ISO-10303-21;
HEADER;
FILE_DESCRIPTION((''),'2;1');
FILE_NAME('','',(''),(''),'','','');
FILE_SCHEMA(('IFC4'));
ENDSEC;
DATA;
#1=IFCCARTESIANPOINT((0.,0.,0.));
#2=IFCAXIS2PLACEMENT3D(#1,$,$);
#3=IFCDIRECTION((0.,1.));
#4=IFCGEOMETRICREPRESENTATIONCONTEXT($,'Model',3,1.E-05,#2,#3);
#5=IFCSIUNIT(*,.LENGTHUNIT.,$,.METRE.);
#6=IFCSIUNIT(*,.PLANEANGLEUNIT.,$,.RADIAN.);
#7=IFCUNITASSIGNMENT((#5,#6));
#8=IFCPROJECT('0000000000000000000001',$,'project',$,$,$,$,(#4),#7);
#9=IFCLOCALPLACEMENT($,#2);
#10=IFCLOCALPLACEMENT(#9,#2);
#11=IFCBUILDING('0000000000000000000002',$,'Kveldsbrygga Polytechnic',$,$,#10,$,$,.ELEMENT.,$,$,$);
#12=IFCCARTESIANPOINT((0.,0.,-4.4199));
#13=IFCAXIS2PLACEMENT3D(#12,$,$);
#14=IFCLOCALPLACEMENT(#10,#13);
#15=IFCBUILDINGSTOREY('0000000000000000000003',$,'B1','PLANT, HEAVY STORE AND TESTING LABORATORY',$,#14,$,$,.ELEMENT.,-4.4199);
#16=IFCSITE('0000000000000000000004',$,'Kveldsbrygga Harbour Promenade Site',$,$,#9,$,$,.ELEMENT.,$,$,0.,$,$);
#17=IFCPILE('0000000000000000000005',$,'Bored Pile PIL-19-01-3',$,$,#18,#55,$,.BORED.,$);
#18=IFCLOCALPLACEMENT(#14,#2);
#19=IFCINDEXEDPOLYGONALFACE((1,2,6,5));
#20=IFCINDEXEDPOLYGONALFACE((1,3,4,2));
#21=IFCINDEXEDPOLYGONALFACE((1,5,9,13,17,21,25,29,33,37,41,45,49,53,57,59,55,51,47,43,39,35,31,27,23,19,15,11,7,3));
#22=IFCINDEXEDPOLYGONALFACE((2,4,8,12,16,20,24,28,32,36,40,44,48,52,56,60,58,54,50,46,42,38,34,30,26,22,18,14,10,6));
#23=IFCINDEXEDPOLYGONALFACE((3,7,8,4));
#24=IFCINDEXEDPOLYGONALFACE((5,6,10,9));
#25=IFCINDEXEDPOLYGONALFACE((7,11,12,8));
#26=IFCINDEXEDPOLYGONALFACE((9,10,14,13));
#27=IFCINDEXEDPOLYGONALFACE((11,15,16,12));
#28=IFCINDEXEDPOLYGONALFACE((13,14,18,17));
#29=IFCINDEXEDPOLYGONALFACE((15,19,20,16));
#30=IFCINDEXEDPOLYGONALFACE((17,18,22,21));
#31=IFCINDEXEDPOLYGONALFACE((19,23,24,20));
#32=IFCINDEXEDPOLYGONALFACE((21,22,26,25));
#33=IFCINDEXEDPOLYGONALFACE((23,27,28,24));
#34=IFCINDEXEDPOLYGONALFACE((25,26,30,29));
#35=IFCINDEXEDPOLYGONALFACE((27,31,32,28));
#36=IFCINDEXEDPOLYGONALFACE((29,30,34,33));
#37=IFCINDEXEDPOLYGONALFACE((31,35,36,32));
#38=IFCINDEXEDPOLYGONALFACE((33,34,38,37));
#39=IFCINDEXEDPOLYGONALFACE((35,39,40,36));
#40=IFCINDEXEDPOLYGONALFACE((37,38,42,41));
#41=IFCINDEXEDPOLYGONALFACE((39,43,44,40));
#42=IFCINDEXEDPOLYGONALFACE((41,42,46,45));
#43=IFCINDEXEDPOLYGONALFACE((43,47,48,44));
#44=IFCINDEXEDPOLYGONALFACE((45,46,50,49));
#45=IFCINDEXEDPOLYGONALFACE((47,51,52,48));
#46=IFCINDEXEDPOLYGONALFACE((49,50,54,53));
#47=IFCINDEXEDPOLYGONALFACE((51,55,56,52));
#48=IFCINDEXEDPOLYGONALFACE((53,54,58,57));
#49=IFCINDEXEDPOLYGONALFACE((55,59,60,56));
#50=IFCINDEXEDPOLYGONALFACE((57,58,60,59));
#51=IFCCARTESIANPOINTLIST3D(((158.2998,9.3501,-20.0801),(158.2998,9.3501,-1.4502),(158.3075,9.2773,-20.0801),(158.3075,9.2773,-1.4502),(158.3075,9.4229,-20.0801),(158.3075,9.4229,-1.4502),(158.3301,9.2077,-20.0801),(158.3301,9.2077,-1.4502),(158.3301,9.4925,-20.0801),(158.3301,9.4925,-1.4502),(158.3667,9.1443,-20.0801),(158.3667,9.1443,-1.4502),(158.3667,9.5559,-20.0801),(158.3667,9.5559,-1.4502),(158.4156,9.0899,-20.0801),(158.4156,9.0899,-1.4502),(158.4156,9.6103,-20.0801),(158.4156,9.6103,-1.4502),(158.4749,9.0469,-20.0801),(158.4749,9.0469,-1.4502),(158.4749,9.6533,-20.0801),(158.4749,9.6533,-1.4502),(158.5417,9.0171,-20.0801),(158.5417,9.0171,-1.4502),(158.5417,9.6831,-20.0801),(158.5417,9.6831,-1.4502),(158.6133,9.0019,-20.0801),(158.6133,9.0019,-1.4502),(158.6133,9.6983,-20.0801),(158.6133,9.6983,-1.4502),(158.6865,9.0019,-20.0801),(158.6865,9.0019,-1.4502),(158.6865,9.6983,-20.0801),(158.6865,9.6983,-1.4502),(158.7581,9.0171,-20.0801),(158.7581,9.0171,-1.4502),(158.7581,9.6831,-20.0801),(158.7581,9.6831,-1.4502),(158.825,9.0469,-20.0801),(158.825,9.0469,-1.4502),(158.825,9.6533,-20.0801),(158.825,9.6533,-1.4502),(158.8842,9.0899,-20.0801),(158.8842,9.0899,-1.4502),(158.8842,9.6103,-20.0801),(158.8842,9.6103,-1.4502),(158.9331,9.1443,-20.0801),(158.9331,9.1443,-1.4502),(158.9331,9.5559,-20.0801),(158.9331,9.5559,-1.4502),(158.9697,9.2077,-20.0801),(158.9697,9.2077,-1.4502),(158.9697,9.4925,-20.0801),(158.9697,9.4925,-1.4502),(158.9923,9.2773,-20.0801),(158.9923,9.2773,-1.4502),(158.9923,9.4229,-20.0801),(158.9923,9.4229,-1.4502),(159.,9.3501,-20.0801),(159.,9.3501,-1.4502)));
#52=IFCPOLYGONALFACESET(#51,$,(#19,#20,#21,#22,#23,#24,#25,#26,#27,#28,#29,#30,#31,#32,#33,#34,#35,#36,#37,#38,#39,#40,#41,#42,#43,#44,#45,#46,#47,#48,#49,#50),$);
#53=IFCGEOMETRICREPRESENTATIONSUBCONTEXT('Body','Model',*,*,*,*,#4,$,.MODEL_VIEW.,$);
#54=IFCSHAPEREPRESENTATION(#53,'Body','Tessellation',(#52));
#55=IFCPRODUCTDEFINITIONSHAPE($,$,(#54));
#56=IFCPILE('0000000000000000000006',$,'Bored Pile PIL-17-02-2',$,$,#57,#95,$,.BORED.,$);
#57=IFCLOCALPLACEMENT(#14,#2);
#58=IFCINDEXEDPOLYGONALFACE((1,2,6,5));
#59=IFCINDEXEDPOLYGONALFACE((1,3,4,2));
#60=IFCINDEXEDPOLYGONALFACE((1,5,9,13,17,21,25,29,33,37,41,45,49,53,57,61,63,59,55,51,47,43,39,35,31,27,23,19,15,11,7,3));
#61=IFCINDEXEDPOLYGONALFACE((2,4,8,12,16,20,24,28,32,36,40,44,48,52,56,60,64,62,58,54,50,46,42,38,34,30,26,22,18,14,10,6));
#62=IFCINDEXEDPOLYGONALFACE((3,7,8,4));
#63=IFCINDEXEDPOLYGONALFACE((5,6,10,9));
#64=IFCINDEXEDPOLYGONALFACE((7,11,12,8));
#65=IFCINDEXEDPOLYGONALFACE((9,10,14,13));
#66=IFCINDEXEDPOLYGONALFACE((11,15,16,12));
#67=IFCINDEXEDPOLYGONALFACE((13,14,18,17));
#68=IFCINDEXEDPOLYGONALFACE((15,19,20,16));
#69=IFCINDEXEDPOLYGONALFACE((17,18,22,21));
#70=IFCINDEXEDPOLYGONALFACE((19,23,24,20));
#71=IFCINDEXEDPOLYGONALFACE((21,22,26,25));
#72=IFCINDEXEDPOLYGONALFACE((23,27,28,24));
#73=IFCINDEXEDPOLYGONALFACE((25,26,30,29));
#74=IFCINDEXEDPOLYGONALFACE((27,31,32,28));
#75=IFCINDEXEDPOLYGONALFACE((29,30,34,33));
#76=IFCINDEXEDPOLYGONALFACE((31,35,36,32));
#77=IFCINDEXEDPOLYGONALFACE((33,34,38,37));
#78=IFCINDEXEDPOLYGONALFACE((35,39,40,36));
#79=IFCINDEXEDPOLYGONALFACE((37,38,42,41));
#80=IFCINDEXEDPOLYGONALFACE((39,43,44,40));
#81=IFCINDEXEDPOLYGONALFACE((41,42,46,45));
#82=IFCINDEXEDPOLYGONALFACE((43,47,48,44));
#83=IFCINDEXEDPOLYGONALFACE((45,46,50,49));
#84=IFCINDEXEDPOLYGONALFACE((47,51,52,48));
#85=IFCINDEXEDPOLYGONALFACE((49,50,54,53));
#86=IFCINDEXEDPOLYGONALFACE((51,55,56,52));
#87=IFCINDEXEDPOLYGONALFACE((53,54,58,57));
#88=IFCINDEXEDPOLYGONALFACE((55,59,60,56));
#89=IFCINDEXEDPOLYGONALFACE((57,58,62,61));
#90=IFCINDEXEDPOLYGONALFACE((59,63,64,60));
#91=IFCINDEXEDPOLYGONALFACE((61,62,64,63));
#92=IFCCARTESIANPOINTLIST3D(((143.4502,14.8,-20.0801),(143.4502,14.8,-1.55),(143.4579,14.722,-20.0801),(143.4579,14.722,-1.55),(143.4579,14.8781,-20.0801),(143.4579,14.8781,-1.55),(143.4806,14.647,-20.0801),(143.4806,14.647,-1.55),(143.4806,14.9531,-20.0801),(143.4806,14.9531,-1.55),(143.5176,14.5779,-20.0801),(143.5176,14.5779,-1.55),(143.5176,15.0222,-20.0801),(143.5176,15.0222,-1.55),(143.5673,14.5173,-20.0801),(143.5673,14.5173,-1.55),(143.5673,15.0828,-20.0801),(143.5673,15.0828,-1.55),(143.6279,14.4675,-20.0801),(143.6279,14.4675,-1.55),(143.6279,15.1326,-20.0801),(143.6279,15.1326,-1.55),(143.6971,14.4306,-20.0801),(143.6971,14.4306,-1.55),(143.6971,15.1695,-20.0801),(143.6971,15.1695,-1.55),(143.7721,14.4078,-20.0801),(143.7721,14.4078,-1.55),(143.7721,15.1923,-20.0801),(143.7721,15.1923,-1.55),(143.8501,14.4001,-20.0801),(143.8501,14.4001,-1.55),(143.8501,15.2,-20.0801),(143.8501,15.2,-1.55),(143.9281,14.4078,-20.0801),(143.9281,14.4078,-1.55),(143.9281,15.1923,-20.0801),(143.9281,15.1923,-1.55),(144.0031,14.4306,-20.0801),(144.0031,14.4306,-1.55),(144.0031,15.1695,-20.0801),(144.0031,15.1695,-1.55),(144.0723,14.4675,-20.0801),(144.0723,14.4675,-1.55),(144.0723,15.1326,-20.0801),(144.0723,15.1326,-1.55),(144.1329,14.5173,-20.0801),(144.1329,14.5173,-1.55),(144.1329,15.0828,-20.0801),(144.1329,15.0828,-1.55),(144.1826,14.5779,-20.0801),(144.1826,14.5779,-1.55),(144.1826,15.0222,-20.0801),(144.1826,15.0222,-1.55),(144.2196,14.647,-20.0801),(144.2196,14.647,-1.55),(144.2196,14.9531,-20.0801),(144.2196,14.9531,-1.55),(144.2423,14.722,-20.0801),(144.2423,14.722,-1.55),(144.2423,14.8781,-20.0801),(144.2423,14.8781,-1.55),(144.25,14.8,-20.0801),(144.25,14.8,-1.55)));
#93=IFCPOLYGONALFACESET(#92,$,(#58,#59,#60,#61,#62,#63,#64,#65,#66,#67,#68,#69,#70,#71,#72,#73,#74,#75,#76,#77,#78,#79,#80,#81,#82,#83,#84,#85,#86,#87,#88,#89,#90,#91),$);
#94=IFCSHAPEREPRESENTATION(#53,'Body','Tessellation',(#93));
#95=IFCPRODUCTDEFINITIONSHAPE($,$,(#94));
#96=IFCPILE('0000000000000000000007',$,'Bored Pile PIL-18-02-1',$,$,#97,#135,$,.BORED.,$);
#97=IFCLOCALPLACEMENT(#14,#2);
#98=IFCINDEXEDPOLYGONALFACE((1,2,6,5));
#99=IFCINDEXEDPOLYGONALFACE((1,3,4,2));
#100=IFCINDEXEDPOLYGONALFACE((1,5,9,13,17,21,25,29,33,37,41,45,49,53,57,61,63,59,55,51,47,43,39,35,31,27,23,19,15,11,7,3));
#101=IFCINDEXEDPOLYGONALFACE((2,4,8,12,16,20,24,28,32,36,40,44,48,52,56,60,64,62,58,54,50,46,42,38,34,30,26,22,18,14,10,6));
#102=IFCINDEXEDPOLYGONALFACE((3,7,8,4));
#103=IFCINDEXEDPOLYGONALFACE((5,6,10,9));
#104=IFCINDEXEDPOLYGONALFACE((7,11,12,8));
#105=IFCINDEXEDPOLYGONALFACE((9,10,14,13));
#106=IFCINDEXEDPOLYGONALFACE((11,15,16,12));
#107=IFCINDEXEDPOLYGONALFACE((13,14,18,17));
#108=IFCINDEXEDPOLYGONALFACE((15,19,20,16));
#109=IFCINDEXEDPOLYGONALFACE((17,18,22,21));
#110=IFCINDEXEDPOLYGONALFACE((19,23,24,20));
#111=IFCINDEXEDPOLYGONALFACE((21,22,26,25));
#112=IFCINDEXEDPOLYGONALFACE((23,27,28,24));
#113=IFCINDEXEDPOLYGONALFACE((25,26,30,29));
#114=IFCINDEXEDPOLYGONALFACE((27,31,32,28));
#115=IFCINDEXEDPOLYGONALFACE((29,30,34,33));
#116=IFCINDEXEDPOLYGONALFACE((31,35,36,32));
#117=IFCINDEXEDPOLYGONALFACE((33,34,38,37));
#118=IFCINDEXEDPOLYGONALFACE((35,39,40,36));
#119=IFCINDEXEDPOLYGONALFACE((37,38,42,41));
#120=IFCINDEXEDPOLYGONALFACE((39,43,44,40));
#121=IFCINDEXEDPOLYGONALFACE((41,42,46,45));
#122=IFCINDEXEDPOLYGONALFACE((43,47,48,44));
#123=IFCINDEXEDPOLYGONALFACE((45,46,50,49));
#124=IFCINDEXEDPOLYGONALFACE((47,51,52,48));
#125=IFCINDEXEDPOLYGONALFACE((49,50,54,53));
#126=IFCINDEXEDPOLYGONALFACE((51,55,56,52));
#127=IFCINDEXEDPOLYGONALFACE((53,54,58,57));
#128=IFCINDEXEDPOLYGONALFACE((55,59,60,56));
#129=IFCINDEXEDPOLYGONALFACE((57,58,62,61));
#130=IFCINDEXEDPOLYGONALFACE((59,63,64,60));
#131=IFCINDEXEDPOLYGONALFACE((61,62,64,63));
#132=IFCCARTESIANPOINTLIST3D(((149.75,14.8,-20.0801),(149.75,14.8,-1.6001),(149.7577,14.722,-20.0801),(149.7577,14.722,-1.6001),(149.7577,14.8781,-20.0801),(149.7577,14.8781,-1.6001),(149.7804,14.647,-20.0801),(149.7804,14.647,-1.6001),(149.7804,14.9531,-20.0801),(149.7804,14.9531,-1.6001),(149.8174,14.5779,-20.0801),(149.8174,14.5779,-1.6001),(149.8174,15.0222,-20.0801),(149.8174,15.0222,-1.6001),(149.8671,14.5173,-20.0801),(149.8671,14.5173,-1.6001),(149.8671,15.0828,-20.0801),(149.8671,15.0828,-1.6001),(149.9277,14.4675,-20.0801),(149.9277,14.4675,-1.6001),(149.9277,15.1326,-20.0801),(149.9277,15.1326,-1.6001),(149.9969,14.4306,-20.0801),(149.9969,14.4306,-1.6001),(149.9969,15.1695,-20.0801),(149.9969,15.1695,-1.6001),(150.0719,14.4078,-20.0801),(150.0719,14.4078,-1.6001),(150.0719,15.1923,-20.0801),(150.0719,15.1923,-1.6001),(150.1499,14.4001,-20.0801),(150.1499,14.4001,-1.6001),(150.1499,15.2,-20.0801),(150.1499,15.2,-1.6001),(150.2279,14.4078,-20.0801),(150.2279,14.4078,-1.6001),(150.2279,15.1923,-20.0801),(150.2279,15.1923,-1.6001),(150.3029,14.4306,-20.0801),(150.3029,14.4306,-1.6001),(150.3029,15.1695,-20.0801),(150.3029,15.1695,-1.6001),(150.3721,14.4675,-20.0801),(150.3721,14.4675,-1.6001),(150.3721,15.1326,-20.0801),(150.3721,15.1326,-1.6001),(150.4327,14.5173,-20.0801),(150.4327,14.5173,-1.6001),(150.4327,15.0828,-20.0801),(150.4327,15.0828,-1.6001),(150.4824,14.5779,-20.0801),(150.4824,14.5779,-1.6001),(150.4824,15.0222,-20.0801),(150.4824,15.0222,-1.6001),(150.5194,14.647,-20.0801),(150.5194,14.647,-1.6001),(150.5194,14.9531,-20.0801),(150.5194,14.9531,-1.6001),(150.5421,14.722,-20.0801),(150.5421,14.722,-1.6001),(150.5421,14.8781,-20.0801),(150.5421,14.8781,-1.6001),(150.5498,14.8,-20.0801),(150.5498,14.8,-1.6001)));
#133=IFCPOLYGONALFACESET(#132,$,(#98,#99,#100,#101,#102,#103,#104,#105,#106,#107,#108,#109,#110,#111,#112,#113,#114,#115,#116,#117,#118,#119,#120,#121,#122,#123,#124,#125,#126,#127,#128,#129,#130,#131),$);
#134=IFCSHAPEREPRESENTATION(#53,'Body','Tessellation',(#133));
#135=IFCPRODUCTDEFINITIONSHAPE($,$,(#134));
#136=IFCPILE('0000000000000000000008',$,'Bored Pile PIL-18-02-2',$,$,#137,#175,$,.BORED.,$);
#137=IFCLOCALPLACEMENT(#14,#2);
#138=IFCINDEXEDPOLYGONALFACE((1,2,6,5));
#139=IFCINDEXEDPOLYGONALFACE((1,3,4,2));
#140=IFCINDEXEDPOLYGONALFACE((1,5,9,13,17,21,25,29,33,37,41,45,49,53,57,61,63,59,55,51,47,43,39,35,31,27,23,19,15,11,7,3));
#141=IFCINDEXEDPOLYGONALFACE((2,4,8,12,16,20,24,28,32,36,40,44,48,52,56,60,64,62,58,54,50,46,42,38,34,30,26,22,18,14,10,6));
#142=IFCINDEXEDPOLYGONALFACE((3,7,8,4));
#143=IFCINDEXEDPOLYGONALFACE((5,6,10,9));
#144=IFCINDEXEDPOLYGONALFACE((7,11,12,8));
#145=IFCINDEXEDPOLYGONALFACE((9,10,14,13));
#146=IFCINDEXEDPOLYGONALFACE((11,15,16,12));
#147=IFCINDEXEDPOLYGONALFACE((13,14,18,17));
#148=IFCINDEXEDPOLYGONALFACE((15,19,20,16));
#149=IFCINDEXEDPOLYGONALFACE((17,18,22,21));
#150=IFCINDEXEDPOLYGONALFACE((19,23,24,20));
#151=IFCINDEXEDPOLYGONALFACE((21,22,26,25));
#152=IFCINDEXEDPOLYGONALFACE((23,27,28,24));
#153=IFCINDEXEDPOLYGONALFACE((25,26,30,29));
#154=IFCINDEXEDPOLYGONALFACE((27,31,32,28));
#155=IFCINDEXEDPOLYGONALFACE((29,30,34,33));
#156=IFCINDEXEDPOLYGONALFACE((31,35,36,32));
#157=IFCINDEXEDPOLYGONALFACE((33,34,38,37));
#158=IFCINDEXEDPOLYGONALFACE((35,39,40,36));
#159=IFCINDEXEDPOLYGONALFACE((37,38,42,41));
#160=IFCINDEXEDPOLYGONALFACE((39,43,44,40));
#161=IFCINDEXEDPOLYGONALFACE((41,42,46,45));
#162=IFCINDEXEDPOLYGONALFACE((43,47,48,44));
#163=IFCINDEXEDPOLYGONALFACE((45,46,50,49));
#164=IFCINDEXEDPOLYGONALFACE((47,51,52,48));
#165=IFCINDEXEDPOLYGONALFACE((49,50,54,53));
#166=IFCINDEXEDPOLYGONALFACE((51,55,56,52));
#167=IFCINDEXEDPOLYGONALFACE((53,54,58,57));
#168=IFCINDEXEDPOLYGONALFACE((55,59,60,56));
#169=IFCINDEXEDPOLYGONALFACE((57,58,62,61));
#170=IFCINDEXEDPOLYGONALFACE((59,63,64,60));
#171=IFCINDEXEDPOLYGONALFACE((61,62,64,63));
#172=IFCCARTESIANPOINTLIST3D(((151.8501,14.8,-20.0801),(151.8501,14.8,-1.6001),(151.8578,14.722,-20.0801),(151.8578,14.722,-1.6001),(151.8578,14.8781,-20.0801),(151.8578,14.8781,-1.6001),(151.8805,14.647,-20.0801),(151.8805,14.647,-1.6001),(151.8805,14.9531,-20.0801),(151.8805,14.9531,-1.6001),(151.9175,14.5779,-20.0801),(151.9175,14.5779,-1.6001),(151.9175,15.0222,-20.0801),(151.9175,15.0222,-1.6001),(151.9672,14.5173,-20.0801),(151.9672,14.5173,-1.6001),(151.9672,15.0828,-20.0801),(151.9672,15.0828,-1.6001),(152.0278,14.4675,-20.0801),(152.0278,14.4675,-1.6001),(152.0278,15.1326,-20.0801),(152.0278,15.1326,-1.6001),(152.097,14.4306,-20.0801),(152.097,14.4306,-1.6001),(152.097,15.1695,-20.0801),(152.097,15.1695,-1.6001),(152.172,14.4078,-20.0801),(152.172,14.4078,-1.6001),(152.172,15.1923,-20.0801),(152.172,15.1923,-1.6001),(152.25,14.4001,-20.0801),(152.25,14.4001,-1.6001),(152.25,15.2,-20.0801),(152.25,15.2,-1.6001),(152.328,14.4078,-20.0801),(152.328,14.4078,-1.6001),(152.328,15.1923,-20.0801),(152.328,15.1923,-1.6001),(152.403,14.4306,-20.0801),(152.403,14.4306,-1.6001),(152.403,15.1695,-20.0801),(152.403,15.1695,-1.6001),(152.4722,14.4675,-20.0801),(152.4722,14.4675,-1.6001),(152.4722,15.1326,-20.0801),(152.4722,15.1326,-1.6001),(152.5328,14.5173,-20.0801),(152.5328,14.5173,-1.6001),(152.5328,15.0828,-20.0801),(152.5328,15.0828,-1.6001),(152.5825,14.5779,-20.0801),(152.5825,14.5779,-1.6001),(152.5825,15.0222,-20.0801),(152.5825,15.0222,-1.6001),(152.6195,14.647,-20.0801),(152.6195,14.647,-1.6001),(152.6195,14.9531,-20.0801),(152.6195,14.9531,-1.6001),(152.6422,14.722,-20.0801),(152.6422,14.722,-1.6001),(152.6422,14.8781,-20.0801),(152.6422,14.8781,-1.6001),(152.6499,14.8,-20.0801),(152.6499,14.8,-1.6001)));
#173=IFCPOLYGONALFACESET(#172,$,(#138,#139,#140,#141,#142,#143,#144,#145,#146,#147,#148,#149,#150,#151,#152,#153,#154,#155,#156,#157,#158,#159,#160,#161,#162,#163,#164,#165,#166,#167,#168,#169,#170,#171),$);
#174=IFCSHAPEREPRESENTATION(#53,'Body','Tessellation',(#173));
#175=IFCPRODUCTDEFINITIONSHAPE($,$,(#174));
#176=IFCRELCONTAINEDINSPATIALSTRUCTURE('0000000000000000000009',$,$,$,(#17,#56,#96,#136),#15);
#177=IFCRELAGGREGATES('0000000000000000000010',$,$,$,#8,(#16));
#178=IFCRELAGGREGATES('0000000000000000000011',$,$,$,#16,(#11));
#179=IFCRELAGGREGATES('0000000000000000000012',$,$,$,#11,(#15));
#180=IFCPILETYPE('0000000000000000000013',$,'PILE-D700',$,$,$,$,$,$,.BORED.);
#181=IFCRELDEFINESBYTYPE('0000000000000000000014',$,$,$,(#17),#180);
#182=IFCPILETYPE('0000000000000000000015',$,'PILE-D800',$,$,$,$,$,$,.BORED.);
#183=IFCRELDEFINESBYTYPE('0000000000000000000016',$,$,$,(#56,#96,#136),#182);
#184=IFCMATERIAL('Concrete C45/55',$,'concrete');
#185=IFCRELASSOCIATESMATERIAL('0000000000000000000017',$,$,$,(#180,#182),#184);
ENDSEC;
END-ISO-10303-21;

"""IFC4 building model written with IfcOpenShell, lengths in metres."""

from ifc_helpers import new_model, si_unit, direction, frame, origin, origin_2d, place, context, subcontext, project, spatial, circle, extrude, material, material_profile, profile_set, type_object, element, save


model = new_model("IFC4")

# Units and contexts
model_context = context("Model", 3, precision=1e-05, world=origin(), true_north=direction((0.0, 1.0)))
body_context = subcontext(model_context, "Body", "Model", "MODEL_VIEW")
ifc_project = project(units=[si_unit("LENGTHUNIT", "METRE"), si_unit("PLANEANGLEUNIT", "RADIAN")], contexts=[model_context])

# Site, building, storey
site_placement = place(None, origin())
site = spatial("IfcSite", under=ifc_project, at=site_placement, Name="Kveldsbrygga Harbour Promenade Site", CompositionType="ELEMENT", RefElevation=0.0)
building_placement = place(site_placement, origin())
building = spatial("IfcBuilding", under=site, at=building_placement, Name="Kveldsbrygga Polytechnic", CompositionType="ELEMENT")
storey_placement = place(building_placement, frame((0.0, 0.0, -4.4199)))
storey = spatial("IfcBuildingStorey", under=building, at=storey_placement, Name="B1", Description="PLANT, HEAVY STORE AND TESTING LABORATORY", CompositionType="ELEMENT", Elevation=-4.4199)

# Shared definitions
ifc_material_1 = material(Name="Concrete C45/55", Category="concrete")

# Piles
ifc_material_profile_1 = material_profile(ifc_material_1, circle(Radius=0.3501, at=origin_2d()), Name="PILE D700")
ifc_profile_set_1 = profile_set([ifc_material_profile_1], Name="Concrete C45/55")
pile_type_1 = type_object("IfcPileType", Name="PILE-D700", PredefinedType="BORED", material=ifc_profile_set_1)
for number, where, z_axis, x_axis, name in (
    (1, (158.6499, 9.3501, -1.4502), (0.0, 0.0, -1.0), (1.0, 0.0, 0.0), "Bored Pile PIL-19-01-3"),
):
    element("IfcPile", number, at=place(storey_placement, frame(where, z_axis=z_axis, x_axis=x_axis)), inside=storey, type_object=pile_type_1, Name=name, PredefinedType="BORED", context=body_context, shape_type="SweptSolid", body=[
        extrude(circle(Radius=0.3501, at=origin_2d()), origin(), (0.0, 0.0, 1.0), 18.6299),
    ])
ifc_material_profile_2 = material_profile(ifc_material_1, circle(Radius=0.3999, at=origin_2d()), Name="PILE D800")
ifc_profile_set_2 = profile_set([ifc_material_profile_2], Name="Concrete C45/55")
pile_type_2 = type_object("IfcPileType", Name="PILE-D800", PredefinedType="BORED", material=ifc_profile_set_2)
pile_1_placement = place(storey_placement, frame((143.8501, 14.8, -1.55), z_axis=(0.0, 0.0, -1.0), x_axis=(1.0, 0.0, 0.0)))
element("IfcPile", 2, at=pile_1_placement, inside=storey, type_object=pile_type_2, Name="Bored Pile PIL-17-02-2", PredefinedType="BORED", context=body_context, shape_type="SweptSolid", body=[
    extrude(circle(Radius=0.3999, at=origin_2d()), origin(), (0.0, 0.0, 1.0), 18.53),
])
for number, where, z_axis, x_axis, name in (
    (3, (150.1499, 14.8, -1.6001), (0.0, 0.0, -1.0), (1.0, 0.0, 0.0), "Bored Pile PIL-18-02-1"),
    (4, (152.25, 14.8, -1.6001), (0.0, 0.0, -1.0), (1.0, 0.0, 0.0), "Bored Pile PIL-18-02-2"),
):
    element("IfcPile", number, at=place(storey_placement, frame(where, z_axis=z_axis, x_axis=x_axis)), inside=storey, type_object=pile_type_2, Name=name, PredefinedType="BORED", context=body_context, shape_type="SweptSolid", body=[
        extrude(circle(Radius=0.3999, at=origin_2d()), origin(), (0.0, 0.0, 1.0), 18.48),
    ])

save(model, "model.ifc")
